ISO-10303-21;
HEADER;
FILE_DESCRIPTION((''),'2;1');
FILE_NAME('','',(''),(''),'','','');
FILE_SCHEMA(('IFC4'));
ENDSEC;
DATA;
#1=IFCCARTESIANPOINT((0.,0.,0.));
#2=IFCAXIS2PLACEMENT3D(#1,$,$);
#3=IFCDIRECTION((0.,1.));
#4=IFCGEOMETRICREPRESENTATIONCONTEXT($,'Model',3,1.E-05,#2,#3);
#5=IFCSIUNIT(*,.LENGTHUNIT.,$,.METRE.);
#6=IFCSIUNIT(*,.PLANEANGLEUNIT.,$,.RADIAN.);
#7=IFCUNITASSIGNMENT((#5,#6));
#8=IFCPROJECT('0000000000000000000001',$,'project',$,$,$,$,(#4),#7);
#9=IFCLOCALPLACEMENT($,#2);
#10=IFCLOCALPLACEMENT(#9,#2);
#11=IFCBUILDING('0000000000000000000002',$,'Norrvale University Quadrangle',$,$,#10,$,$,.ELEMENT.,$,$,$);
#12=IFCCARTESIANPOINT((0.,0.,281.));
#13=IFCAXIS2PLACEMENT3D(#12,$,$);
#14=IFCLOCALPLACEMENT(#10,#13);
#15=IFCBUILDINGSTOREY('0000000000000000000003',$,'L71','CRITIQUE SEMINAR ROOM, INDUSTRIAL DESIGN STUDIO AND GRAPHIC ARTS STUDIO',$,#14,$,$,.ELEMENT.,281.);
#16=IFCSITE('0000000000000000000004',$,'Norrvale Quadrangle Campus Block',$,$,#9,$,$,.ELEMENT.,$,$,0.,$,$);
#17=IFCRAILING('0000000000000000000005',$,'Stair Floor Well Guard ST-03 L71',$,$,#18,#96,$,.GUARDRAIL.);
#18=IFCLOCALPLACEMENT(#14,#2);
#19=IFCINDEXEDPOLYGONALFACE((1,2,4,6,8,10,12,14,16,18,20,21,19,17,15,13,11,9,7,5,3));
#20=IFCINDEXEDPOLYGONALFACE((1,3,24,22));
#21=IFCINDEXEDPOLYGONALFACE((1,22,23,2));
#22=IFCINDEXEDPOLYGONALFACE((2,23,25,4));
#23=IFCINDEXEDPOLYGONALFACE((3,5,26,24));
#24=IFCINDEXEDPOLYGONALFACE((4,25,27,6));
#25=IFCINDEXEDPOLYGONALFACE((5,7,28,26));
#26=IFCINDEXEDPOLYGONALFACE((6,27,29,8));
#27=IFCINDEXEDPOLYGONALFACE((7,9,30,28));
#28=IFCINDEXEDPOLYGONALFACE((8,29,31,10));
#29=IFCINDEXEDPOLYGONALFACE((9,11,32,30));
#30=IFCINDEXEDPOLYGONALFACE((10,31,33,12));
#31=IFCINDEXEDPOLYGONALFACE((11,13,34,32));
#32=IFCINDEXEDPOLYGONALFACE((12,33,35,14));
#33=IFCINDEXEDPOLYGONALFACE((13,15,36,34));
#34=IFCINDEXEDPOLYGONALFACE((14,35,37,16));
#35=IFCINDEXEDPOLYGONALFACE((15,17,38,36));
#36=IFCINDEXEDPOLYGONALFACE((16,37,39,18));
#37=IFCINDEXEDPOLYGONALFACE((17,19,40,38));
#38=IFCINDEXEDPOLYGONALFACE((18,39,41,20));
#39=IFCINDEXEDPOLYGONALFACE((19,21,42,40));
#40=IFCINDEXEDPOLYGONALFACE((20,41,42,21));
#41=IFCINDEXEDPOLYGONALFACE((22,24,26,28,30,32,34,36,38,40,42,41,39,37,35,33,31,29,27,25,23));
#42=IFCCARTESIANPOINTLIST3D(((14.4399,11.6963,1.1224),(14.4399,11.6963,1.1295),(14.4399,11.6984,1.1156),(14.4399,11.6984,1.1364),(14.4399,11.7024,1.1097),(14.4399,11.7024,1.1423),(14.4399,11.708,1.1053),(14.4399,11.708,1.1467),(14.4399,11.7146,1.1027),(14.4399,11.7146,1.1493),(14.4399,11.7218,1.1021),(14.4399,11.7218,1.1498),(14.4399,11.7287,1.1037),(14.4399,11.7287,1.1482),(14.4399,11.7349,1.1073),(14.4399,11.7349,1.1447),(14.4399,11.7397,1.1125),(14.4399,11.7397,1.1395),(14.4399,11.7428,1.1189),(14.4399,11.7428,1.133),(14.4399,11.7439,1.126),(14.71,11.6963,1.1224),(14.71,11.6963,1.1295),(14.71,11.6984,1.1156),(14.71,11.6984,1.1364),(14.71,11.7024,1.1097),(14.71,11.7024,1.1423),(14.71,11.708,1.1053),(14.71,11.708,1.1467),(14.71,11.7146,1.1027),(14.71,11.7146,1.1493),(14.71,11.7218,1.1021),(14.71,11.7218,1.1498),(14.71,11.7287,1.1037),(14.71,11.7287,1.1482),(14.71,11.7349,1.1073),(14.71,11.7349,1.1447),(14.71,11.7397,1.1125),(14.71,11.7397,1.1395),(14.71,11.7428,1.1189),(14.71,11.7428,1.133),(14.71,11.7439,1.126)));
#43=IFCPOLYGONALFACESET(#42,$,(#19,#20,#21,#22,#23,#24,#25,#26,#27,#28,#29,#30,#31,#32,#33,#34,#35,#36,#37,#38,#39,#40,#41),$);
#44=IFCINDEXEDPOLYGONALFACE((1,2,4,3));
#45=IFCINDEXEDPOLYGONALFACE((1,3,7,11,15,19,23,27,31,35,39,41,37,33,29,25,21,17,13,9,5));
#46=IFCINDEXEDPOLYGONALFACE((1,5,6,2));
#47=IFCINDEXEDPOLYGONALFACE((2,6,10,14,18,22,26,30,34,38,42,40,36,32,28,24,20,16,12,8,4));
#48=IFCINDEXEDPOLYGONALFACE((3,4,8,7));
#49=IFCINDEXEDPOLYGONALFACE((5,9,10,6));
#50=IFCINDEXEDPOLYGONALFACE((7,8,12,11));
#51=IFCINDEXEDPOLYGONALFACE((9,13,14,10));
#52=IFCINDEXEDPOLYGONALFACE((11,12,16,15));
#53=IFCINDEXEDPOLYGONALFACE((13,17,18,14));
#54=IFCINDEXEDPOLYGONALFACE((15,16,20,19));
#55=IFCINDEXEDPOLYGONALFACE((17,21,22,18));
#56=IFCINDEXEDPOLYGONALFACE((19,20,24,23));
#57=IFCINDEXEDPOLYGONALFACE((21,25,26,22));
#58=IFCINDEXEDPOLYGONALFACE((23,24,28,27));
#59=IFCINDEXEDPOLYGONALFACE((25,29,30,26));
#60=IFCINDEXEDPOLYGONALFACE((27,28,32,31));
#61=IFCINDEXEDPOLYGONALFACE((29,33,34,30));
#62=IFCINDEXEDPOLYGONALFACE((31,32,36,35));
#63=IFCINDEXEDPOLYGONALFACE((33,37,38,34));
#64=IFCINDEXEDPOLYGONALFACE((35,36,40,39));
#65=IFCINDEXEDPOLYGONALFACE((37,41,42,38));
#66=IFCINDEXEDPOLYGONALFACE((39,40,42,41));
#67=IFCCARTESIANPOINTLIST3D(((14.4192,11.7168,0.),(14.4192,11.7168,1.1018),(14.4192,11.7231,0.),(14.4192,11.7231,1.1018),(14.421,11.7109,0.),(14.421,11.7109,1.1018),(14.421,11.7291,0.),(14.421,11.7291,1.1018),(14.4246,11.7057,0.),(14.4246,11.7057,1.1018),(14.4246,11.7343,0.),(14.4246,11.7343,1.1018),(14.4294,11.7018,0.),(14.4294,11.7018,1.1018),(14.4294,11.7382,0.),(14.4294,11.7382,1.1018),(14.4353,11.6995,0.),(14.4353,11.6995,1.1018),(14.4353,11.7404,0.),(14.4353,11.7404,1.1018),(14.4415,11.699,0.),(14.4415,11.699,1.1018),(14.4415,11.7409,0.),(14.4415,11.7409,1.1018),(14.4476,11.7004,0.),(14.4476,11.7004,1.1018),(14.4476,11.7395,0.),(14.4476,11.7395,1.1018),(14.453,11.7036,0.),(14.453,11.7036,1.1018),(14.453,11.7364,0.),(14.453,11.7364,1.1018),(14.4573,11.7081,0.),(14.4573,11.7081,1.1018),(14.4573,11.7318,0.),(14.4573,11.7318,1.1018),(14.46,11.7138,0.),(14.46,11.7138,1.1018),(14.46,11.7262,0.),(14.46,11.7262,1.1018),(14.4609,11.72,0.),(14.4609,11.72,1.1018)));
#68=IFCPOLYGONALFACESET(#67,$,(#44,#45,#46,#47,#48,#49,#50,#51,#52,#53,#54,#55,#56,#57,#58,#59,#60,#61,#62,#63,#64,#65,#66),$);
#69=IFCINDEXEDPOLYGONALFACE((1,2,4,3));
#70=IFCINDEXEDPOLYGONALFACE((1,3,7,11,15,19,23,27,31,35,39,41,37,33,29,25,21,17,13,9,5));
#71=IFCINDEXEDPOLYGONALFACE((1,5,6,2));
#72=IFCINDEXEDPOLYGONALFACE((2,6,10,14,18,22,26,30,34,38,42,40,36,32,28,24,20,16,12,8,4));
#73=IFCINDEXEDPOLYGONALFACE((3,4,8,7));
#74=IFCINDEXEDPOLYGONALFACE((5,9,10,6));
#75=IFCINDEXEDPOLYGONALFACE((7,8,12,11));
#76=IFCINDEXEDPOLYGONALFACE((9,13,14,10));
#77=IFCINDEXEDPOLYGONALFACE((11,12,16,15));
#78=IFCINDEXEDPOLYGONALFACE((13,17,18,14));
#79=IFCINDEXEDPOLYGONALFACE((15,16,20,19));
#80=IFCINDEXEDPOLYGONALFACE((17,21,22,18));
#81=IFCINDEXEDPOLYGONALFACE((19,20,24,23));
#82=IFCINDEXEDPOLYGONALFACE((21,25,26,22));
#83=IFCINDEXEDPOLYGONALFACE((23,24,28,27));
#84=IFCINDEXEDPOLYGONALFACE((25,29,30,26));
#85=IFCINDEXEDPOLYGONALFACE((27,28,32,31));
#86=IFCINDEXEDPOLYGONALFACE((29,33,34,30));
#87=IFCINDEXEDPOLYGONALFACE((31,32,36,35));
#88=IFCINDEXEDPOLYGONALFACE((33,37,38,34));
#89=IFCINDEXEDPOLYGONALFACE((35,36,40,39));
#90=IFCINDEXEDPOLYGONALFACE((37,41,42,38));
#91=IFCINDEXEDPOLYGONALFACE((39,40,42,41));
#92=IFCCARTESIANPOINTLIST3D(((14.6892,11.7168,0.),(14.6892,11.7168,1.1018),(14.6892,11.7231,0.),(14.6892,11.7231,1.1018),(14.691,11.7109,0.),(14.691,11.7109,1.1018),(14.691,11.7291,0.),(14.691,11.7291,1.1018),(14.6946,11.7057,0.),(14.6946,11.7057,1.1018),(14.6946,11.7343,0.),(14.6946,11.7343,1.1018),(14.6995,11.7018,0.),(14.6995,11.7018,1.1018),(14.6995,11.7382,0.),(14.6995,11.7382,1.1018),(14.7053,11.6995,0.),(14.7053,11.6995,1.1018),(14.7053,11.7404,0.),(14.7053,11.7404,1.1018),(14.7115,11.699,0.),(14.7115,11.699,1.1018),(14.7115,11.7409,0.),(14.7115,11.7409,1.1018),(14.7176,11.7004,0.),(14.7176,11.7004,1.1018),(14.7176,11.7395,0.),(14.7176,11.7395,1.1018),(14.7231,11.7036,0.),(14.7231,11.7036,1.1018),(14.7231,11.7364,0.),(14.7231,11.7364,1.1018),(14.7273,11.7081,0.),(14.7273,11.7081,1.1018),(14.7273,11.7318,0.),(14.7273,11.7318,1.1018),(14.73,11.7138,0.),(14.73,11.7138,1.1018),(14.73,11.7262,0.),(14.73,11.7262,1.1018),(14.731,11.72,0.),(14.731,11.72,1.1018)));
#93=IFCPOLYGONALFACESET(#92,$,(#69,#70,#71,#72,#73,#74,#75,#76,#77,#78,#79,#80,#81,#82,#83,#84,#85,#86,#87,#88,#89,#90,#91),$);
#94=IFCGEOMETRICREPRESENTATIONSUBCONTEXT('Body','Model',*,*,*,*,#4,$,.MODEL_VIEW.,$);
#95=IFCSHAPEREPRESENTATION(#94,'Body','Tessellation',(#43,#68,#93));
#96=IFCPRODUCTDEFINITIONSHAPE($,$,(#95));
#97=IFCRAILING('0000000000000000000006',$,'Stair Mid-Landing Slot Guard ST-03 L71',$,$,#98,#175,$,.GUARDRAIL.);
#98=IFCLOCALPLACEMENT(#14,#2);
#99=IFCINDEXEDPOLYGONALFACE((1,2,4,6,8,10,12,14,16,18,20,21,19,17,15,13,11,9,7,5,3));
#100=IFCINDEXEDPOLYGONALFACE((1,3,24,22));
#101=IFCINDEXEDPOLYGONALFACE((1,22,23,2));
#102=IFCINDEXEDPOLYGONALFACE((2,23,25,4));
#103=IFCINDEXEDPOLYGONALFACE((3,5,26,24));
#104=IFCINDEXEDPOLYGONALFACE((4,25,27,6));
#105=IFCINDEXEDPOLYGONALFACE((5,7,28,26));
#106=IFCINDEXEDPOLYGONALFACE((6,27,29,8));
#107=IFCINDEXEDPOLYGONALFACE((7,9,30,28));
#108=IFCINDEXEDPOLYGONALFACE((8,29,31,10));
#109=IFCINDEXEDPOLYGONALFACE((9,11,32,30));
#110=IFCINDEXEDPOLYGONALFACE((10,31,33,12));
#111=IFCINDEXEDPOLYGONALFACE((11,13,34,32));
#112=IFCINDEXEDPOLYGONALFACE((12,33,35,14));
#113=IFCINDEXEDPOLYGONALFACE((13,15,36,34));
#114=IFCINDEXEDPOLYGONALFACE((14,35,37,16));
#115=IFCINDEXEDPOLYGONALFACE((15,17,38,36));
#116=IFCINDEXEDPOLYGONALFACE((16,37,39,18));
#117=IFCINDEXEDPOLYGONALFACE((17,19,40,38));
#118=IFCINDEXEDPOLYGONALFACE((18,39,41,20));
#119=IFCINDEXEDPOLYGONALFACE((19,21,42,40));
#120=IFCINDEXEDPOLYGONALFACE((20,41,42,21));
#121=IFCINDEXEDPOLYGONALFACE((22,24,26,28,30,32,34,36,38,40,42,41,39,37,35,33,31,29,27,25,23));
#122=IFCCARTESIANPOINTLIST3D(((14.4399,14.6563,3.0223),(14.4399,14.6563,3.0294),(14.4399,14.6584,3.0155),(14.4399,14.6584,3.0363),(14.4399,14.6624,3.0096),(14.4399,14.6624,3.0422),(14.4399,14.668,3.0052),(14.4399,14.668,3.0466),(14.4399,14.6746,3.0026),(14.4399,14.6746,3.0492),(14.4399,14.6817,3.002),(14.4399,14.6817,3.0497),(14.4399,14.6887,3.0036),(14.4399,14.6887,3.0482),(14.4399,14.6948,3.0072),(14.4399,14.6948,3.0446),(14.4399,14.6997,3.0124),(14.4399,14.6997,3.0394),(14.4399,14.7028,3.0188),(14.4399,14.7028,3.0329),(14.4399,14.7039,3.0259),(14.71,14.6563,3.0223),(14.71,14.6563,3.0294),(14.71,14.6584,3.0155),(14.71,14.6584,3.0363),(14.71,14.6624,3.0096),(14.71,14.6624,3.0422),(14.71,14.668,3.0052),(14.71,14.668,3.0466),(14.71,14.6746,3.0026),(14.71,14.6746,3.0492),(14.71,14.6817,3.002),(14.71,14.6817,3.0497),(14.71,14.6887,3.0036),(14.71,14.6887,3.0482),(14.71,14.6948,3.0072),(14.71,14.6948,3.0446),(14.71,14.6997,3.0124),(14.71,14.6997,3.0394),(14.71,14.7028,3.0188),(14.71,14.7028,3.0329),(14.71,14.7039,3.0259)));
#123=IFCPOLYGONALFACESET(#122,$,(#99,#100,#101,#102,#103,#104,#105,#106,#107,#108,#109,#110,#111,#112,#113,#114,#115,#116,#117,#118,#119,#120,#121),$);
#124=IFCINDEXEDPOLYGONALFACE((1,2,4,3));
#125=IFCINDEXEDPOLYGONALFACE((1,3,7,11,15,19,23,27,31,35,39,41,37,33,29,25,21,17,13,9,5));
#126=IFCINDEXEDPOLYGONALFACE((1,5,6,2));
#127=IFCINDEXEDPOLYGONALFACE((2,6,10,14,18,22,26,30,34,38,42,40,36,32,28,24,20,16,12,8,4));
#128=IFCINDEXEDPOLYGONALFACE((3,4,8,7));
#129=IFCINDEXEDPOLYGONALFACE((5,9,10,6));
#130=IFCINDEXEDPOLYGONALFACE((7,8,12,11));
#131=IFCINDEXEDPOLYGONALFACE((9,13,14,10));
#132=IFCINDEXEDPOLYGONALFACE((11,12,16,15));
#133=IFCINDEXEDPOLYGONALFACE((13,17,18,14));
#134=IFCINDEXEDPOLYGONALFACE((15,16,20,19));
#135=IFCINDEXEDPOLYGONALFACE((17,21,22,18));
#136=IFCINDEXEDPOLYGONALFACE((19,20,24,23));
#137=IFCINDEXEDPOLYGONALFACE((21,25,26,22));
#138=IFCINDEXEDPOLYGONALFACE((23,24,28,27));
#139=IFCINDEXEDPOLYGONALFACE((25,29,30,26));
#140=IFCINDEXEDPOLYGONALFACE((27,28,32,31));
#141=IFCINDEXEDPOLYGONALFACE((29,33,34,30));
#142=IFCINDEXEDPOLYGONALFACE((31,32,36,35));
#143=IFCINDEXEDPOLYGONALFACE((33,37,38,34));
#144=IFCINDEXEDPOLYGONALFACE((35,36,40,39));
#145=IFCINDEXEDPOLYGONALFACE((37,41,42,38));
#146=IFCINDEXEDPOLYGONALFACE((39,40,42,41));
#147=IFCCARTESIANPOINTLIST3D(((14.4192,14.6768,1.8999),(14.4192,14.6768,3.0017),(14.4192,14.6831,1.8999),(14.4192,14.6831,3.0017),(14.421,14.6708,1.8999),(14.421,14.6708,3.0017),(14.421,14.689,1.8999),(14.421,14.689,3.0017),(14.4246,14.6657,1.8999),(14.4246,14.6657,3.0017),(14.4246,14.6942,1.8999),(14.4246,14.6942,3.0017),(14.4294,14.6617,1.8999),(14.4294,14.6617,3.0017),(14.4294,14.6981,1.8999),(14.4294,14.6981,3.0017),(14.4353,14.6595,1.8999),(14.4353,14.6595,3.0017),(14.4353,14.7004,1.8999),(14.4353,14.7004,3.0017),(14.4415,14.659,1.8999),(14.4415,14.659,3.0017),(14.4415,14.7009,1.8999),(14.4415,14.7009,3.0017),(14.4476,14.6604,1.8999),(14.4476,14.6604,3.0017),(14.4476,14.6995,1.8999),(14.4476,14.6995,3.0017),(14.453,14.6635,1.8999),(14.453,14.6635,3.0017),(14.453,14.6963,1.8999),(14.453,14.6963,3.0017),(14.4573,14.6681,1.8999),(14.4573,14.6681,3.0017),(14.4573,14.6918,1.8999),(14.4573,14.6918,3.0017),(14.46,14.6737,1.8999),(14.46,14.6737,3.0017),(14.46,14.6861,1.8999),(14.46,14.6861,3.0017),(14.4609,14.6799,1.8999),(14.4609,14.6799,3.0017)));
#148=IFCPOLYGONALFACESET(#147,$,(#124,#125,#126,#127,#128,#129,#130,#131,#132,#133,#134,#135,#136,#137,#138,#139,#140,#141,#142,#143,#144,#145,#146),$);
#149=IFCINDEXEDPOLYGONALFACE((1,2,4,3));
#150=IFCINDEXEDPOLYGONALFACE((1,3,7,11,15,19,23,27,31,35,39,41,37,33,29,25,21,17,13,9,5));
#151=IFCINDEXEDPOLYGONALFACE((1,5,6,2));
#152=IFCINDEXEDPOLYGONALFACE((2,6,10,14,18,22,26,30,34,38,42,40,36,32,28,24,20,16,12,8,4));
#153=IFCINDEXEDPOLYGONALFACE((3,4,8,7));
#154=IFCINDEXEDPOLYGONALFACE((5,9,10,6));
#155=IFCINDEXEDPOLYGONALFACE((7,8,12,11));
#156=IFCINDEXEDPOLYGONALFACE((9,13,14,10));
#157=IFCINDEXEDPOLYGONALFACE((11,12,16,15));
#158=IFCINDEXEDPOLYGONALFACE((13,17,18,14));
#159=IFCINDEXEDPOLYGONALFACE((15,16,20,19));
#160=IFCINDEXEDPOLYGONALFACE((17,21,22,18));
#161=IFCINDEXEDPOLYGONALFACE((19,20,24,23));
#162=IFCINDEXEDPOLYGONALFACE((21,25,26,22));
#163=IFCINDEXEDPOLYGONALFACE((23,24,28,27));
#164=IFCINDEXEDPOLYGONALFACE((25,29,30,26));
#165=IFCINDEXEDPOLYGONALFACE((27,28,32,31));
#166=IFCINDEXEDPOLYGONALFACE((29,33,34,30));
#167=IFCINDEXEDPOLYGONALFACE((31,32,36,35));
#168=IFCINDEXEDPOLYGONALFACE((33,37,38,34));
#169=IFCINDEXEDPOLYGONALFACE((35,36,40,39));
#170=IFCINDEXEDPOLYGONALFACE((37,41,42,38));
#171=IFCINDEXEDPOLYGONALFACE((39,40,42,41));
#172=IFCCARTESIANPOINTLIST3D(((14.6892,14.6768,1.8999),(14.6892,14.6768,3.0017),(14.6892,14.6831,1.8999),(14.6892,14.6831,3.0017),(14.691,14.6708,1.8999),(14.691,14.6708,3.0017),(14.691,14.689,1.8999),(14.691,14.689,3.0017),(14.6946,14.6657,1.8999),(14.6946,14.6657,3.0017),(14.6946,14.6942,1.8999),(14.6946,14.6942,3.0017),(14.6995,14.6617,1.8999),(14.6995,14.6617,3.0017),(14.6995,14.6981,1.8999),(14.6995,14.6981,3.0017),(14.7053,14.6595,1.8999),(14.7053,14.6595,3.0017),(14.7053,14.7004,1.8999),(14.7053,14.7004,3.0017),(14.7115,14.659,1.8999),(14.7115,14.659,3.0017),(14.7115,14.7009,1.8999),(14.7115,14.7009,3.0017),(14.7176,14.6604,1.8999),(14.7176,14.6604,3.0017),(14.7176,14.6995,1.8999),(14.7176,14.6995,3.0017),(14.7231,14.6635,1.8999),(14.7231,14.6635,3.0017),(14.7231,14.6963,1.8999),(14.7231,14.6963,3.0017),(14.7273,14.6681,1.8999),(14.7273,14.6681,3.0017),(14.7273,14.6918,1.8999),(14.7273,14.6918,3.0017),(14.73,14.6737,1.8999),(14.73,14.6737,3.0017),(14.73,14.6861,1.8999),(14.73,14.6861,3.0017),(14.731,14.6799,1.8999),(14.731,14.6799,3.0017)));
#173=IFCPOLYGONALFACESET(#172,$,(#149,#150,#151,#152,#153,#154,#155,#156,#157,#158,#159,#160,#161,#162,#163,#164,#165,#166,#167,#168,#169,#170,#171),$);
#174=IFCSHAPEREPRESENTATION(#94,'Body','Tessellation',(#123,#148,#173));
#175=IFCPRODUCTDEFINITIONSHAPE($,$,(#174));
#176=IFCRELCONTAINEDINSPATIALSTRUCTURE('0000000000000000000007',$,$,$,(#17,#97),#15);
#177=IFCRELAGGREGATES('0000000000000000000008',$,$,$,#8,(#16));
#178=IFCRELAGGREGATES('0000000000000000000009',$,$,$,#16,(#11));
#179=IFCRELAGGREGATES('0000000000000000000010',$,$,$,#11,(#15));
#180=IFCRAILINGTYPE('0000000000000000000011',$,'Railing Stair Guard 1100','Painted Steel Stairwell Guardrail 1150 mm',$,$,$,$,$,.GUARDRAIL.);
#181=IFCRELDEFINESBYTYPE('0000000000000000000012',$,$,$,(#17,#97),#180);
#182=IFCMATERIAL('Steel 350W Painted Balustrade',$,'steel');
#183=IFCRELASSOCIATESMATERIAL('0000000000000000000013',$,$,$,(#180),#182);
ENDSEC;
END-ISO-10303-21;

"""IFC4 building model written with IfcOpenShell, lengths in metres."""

from ifc_helpers import new_model, si_unit, direction, frame, origin, origin_2d, place, context, subcontext, project, spatial, circle, extrude, material, type_object, element, save


model = new_model("IFC4")

# Units and contexts
model_context = context("Model", 3, precision=1e-05, world=origin(), true_north=direction((0.0, 1.0)))
body_context = subcontext(model_context, "Body", "Model", "MODEL_VIEW")
ifc_project = project(units=[si_unit("LENGTHUNIT", "METRE"), si_unit("PLANEANGLEUNIT", "RADIAN")], contexts=[model_context])

# Site, building, storey
site_placement = place(None, origin())
site = spatial("IfcSite", under=ifc_project, at=site_placement, Name="Norrvale Quadrangle Campus Block", CompositionType="ELEMENT", RefElevation=0.0)
building_placement = place(site_placement, origin())
building = spatial("IfcBuilding", under=site, at=building_placement, Name="Norrvale University Quadrangle", CompositionType="ELEMENT")
storey_placement = place(building_placement, frame((0.0, 0.0, 281.0)))
storey = spatial("IfcBuildingStorey", under=building, at=storey_placement, Name="L71", Description="CRITIQUE SEMINAR ROOM, INDUSTRIAL DESIGN STUDIO AND GRAPHIC ARTS STUDIO", CompositionType="ELEMENT", Elevation=281.0)

# Railings
ifc_material_1 = material(Name="Steel 350W Painted Balustrade", Category="steel")
railing_type_1 = type_object("IfcRailingType", Name="Railing Stair Guard 1100", Description="Painted Steel Stairwell Guardrail 1150 mm", PredefinedType="GUARDRAIL", material=ifc_material_1)
for number, where, name in (
    (1, (14.4399, 11.72, 0.0), "Stair Floor Well Guard ST-03 L71"),
    (2, (14.4399, 14.6799, 1.8999), "Stair Mid-Landing Slot Guard ST-03 L71"),
):
    element("IfcRailing", number, at=place(storey_placement, frame(where)), inside=storey, type_object=railing_type_1, Name=name, PredefinedType="GUARDRAIL", context=body_context, shape_type="SweptSolid", body=[
        extrude(circle(Radius=0.0239, at=origin_2d()), frame((0.0, 0.0, 1.126), z_axis=(1.0, 0.0, 0.0), x_axis=(0.0, 1.0, 0.0)), (0.0, 0.0, 1.0), 0.27),
        extrude(circle(Radius=0.021, at=origin_2d()), origin(), (0.0, 0.0, 1.0), 1.1018),
        extrude(circle(Radius=0.021, at=origin_2d()), frame((0.27, 0.0, 0.0)), (0.0, 0.0, 1.0), 1.1018),
    ])

save(model, "model.ifc")
